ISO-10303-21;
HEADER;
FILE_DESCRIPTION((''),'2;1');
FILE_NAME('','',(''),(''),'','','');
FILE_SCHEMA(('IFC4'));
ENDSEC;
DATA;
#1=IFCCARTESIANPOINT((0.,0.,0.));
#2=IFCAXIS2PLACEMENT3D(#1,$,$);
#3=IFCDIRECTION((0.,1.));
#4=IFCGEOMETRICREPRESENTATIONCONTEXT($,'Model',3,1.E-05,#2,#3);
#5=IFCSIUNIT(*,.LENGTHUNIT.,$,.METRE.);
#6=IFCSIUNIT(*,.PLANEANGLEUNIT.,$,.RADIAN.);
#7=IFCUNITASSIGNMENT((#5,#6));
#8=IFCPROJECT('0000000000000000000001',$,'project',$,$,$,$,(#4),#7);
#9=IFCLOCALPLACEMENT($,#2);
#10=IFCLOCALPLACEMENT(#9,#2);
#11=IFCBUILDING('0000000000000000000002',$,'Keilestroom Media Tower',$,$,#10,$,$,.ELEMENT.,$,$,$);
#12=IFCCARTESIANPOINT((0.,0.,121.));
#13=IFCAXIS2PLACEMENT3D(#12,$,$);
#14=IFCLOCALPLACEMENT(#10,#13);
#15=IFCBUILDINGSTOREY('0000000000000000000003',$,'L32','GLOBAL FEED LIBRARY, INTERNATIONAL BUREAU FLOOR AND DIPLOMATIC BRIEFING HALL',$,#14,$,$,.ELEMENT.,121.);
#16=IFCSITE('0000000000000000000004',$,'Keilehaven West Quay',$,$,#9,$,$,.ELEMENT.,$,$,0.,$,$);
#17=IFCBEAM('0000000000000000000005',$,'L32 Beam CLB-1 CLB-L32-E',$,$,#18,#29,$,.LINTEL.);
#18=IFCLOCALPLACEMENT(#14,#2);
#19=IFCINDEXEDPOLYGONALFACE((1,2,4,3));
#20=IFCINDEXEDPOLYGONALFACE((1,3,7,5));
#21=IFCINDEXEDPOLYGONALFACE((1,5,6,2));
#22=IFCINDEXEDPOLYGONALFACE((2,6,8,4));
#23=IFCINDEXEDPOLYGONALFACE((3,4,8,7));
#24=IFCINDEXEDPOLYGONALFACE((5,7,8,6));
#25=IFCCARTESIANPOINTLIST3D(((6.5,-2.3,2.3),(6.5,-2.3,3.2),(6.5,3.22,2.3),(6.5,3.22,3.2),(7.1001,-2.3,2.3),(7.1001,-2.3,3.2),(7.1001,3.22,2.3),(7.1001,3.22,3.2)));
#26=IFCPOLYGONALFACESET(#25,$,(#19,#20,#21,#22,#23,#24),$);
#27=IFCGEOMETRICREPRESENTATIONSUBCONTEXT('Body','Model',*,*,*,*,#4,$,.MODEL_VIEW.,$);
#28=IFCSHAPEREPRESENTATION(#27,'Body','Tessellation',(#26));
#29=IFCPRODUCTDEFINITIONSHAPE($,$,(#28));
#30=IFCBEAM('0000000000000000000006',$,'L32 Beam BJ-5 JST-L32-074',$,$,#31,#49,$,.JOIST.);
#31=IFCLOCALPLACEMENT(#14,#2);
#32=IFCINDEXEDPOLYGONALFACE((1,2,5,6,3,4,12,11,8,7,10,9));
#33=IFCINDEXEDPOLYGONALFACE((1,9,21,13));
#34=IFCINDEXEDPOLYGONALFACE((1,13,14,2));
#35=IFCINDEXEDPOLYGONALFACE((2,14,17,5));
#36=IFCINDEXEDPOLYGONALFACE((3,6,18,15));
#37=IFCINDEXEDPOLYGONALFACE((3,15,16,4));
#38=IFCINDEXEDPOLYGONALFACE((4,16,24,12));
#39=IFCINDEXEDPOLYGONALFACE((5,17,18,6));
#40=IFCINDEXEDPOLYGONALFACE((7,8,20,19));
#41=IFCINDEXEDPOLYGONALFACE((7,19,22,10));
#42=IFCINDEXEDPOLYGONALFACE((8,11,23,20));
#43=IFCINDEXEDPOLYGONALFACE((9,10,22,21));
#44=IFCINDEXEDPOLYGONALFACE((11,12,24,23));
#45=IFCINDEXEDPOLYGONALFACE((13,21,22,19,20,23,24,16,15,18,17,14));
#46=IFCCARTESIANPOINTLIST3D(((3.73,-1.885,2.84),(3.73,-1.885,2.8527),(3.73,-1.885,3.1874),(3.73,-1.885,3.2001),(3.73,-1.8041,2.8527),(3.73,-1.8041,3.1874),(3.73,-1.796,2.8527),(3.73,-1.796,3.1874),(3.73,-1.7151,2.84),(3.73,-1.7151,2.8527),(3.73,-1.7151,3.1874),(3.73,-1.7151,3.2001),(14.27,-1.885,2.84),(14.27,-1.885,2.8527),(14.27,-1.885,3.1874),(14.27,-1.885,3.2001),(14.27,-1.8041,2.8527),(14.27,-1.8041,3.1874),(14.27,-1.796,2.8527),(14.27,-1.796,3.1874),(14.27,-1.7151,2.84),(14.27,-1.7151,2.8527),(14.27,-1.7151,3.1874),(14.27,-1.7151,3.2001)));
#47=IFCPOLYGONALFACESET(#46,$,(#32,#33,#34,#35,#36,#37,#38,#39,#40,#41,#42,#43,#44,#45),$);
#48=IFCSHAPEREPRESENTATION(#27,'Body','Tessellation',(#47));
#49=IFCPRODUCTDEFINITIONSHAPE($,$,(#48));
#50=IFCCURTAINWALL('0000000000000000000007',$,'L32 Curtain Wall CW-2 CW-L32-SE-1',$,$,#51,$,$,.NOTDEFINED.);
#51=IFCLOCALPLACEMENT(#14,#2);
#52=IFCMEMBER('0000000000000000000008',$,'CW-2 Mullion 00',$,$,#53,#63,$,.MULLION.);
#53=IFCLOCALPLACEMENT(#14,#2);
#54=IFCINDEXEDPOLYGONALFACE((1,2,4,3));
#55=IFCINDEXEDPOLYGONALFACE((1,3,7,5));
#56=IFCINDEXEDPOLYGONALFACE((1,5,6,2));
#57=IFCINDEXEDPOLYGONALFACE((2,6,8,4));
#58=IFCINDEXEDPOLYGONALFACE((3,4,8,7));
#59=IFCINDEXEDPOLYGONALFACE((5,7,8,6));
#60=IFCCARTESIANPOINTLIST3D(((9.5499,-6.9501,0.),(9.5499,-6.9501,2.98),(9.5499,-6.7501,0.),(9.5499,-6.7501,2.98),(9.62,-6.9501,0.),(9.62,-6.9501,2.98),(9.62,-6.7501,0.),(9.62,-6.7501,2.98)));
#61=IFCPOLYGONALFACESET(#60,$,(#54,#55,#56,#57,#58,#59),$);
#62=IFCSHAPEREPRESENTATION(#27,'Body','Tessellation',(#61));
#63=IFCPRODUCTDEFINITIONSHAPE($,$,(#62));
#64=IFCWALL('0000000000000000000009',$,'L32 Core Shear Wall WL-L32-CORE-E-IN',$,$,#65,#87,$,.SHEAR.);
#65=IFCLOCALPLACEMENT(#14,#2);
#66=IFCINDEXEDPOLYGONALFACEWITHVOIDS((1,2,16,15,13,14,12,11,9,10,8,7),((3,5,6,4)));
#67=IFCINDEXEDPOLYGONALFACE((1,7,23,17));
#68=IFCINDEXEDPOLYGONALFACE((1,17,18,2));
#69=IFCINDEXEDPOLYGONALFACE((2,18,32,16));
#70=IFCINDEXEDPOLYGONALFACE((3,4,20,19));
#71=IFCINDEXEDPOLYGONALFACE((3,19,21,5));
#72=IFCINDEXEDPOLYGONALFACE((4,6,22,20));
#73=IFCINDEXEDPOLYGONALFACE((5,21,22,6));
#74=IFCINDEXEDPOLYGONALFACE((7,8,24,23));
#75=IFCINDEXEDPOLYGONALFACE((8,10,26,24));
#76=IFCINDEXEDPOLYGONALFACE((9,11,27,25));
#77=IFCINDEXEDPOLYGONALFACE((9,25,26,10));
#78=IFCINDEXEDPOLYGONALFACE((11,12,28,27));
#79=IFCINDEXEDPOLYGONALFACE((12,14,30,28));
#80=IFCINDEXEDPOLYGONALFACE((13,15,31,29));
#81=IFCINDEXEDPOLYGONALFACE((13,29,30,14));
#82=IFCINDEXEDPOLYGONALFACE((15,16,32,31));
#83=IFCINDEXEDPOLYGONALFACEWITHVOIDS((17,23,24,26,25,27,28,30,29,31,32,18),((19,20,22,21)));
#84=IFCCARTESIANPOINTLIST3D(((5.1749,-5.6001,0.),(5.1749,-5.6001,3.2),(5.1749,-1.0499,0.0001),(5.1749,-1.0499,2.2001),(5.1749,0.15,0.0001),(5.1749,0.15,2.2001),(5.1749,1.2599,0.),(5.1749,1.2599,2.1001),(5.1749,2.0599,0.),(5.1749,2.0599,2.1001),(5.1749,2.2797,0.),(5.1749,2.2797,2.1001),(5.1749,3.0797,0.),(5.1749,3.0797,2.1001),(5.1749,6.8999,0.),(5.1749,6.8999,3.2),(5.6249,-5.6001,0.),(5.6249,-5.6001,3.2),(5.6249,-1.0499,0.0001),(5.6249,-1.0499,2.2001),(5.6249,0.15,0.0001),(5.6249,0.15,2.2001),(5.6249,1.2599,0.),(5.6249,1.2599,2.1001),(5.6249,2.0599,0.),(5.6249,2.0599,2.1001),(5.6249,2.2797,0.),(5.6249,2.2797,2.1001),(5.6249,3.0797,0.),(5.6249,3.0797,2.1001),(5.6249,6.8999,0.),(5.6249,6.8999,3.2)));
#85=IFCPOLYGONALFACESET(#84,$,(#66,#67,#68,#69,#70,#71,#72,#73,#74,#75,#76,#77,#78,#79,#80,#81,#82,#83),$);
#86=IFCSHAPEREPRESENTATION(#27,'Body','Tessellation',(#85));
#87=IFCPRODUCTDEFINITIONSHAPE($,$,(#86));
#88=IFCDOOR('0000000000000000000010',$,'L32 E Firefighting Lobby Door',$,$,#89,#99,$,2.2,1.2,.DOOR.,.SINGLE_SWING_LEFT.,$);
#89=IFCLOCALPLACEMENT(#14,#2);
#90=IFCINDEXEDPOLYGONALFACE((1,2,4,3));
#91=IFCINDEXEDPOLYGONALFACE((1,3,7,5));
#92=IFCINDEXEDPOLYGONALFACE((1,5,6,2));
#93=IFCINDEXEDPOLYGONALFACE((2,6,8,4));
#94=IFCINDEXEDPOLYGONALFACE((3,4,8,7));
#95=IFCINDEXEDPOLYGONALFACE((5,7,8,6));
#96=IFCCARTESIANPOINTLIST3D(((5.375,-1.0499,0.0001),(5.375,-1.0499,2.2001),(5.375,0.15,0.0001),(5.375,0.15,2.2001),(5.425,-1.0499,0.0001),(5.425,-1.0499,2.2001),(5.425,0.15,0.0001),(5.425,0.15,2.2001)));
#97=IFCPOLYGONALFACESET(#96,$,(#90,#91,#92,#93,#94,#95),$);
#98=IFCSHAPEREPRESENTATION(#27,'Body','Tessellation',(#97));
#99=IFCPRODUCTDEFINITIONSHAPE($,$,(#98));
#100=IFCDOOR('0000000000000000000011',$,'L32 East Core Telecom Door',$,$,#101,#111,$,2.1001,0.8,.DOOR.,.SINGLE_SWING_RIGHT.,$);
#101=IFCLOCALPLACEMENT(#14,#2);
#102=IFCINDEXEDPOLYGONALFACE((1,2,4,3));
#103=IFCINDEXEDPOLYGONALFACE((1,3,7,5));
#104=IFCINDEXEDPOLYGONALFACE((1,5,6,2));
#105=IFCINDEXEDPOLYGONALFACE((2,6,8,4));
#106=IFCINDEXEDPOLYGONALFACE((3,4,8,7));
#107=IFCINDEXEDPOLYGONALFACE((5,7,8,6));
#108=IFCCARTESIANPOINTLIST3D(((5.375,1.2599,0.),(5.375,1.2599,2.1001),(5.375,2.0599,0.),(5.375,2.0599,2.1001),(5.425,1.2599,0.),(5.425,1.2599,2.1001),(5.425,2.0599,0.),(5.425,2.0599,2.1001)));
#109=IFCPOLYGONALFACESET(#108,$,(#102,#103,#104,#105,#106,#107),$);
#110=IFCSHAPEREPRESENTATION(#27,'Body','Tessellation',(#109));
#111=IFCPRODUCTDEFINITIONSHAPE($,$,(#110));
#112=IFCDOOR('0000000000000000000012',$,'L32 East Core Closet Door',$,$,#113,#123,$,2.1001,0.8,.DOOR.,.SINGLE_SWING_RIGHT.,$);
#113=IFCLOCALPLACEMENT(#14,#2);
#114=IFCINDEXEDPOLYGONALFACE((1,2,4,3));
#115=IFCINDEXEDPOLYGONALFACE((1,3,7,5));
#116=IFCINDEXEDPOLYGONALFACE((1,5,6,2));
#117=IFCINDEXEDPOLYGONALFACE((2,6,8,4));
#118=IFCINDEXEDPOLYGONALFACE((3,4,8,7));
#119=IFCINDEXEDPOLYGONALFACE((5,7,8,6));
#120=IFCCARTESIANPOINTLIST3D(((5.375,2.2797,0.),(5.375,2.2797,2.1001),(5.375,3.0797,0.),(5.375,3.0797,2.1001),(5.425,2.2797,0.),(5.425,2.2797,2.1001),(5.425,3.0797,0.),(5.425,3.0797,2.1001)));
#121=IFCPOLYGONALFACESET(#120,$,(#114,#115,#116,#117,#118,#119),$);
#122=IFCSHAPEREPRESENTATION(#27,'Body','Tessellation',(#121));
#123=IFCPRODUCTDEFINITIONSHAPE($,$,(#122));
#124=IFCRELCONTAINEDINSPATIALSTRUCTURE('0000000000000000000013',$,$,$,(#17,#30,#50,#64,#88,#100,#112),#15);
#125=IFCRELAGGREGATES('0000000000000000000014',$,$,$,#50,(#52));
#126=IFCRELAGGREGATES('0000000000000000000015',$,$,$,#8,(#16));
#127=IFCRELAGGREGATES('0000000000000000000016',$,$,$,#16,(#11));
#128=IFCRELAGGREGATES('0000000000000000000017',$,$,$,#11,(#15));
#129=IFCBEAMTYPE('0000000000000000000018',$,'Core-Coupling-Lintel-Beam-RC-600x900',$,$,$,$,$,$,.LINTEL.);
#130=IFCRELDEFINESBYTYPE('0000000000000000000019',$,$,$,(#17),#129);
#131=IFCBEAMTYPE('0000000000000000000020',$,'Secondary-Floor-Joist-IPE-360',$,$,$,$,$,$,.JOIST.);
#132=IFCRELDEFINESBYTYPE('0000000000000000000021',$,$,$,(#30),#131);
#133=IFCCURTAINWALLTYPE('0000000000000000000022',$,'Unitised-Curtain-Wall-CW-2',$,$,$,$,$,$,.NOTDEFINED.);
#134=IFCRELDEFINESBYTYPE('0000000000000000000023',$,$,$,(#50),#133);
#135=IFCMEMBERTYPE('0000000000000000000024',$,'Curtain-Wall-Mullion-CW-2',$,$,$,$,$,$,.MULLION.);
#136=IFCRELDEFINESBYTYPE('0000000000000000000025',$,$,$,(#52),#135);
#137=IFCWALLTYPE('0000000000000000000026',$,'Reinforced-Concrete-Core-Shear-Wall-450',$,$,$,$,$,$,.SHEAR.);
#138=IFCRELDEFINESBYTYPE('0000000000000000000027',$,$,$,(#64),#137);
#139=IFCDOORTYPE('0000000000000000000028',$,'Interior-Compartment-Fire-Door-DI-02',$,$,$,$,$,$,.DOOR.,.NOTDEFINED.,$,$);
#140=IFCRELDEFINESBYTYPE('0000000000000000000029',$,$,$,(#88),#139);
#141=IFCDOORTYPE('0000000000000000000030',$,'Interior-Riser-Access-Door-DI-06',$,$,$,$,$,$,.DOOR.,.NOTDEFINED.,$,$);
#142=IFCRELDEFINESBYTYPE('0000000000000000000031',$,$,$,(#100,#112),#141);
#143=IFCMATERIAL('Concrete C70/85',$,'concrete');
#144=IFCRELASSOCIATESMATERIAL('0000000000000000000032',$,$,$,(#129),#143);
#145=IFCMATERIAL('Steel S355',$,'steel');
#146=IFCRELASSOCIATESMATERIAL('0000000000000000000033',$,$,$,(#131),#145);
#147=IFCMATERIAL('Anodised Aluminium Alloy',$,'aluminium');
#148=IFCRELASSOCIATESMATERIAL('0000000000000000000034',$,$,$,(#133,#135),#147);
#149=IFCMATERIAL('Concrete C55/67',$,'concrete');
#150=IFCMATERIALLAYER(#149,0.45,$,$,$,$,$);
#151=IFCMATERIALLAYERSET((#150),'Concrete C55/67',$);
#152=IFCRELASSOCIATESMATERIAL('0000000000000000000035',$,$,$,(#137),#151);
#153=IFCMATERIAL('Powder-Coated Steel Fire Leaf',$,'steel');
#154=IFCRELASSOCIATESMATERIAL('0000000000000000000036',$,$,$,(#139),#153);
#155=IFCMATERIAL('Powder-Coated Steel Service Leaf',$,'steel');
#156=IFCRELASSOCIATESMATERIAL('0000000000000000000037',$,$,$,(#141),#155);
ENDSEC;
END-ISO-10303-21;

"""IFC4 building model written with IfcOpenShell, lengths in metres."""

from ifc_helpers import new_model, si_unit, direction, frame, frame_2d, origin, origin_2d, place, context, subcontext, project, spatial, rectangle, i_section, extrude, source, transform, mapped, material, layer, layer_set, material_profile, profile_set, type_object, element, fill, aggregate, save


model = new_model("IFC4")

# Units and contexts
model_context = context("Model", 3, precision=1e-05, world=origin(), true_north=direction((0.0, 1.0)))
body_context = subcontext(model_context, "Body", "Model", "MODEL_VIEW")
ifc_project = project(units=[si_unit("LENGTHUNIT", "METRE"), si_unit("PLANEANGLEUNIT", "RADIAN")], contexts=[model_context])

# Site, building, storey
site_placement = place(None, origin())
site = spatial("IfcSite", under=ifc_project, at=site_placement, Name="Keilehaven West Quay", CompositionType="ELEMENT", RefElevation=0.0)
building_placement = place(site_placement, origin())
building = spatial("IfcBuilding", under=site, at=building_placement, Name="Keilestroom Media Tower", CompositionType="ELEMENT")
storey_placement = place(building_placement, frame((0.0, 0.0, 121.0)))
storey = spatial("IfcBuildingStorey", under=building, at=storey_placement, Name="L32", Description="GLOBAL FEED LIBRARY, INTERNATIONAL BUREAU FLOOR AND DIPLOMATIC BRIEFING HALL", CompositionType="ELEMENT", Elevation=121.0)

# Beams
ifc_material_1 = material(Name="Concrete C70/85", Category="concrete")
ifc_material_profile_1 = material_profile(ifc_material_1, rectangle(XDim=0.6001, YDim=0.8999, at=origin_2d()), Name="RC 600x900")
ifc_profile_set_1 = profile_set([ifc_material_profile_1], Name="Concrete C70/85")
beam_type_1 = type_object("IfcBeamType", Name="Core-Coupling-Lintel-Beam-RC-600x900", PredefinedType="LINTEL", material=ifc_profile_set_1)
shared_shape_1 = source(origin(), body_context, "Body", "SweptSolid", [
    extrude(rectangle(XDim=0.6001, YDim=0.8999, at=origin_2d()), origin(), (0.0, 0.0, 1.0), 5.52),
])
beam_1_placement = place(storey_placement, frame((6.8, -2.3, 2.75), z_axis=(0.0, 1.0, 0.0), x_axis=(-1.0, 0.0, 0.0)))
element("IfcBeam", 1, at=beam_1_placement, inside=storey, type_object=beam_type_1, Name="L32 Beam CLB-1 CLB-L32-E", PredefinedType="LINTEL", context=body_context, shape_type="MappedRepresentation", body=[
    mapped(shared_shape_1, transform((0.0, 0.0, 0.0), x_axis=(1.0, 0.0, 0.0), y_axis=(0.0, 1.0, 0.0), z_axis=(0.0, 0.0, 1.0), scale=1.0)),
])
ifc_material_2 = material(Name="Steel S355", Category="steel")
ifc_material_profile_2 = material_profile(ifc_material_2, i_section(OverallWidth=0.1699, OverallDepth=0.3601, WebThickness=0.0081, FlangeThickness=0.0127, at=origin_2d()), Name="IPE 360")
ifc_profile_set_2 = profile_set([ifc_material_profile_2], Name="Steel S355")
beam_type_2 = type_object("IfcBeamType", Name="Secondary-Floor-Joist-IPE-360", PredefinedType="JOIST", material=ifc_profile_set_2)
shared_shape_2 = source(origin(), body_context, "Body", "SweptSolid", [
    extrude(i_section(OverallWidth=0.1699, OverallDepth=0.3601, WebThickness=0.0081, FlangeThickness=0.0127, at=origin_2d()), origin(), (0.0, 0.0, 1.0), 10.54),
])
beam_2_placement = place(storey_placement, frame((3.73, -1.8, 3.02), z_axis=(1.0, 0.0, 0.0), x_axis=(0.0, 1.0, 0.0)))
element("IfcBeam", 2, at=beam_2_placement, inside=storey, type_object=beam_type_2, Name="L32 Beam BJ-5 JST-L32-074", PredefinedType="JOIST", context=body_context, shape_type="MappedRepresentation", body=[
    mapped(shared_shape_2, transform((0.0, 0.0, 0.0), x_axis=(1.0, 0.0, 0.0), y_axis=(0.0, 1.0, 0.0), z_axis=(0.0, 0.0, 1.0), scale=1.0)),
])

# Curtain wall, member
ifc_material_3 = material(Name="Anodised Aluminium Alloy", Category="aluminium")
curtain_wall_type = type_object("IfcCurtainWallType", Name="Unitised-Curtain-Wall-CW-2", PredefinedType="NOTDEFINED", material=ifc_material_3)
curtain_wall_placement = place(storey_placement, origin())
curtain_wall = element("IfcCurtainWall", 3, at=curtain_wall_placement, inside=storey, type_object=curtain_wall_type, Name="L32 Curtain Wall CW-2 CW-L32-SE-1", PredefinedType="NOTDEFINED")
ifc_material_profile_3 = material_profile(ifc_material_3, rectangle(XDim=0.0701, YDim=0.2, at=origin_2d()), Name="ALU MULLION 70x200")
ifc_profile_set_3 = profile_set([ifc_material_profile_3], Name="Anodised Aluminium Alloy")
member_type = type_object("IfcMemberType", Name="Curtain-Wall-Mullion-CW-2", PredefinedType="MULLION", material=ifc_profile_set_3)
shared_shape_3 = source(origin(), body_context, "Body", "SweptSolid", [
    extrude(rectangle(XDim=0.0701, YDim=0.2, at=origin_2d()), origin(), (0.0, 0.0, 1.0), 2.98),
])
member_placement = place(storey_placement, frame((9.585, -6.8501, 0.0), z_axis=(0.0, 0.0, 1.0), x_axis=(1.0, 0.0, 0.0)))
member = element("IfcMember", 4, at=member_placement, type_object=member_type, Name="CW-2 Mullion 00", PredefinedType="MULLION", context=body_context, shape_type="MappedRepresentation", body=[
    mapped(shared_shape_3, transform((0.0, 0.0, 0.0), x_axis=(1.0, 0.0, 0.0), y_axis=(0.0, 1.0, 0.0), z_axis=(0.0, 0.0, 1.0), scale=1.0)),
])
aggregate(curtain_wall, [member])

# Wall, openings, doors
ifc_material_4 = material(Name="Concrete C55/67", Category="concrete")
ifc_layer_1 = layer(ifc_material_4, 0.45)
ifc_layer_set_1 = layer_set([ifc_layer_1], Name="Concrete C55/67")
wall_type_1 = type_object("IfcWallType", Name="Reinforced-Concrete-Core-Shear-Wall-450", PredefinedType="SHEAR", material=ifc_layer_set_1)
wall_1_placement = place(storey_placement, frame((5.3999, -5.6001, 0.0), z_axis=(0.0, 0.0, 1.0), x_axis=(0.0, 1.0, 0.0)))
wall_1 = element("IfcWall", 5, at=wall_1_placement, inside=storey, type_object=wall_type_1, Name="L32 Core Shear Wall WL-L32-CORE-E-IN", PredefinedType="SHEAR", context=body_context, shape_type="SweptSolid", body=[
    extrude(rectangle(XDim=12.5, YDim=0.45, at=frame_2d((6.25, 0.0))), origin(), (0.0, 0.0, 1.0), 3.2),
])
opening_1_placement = place(wall_1_placement, frame((4.55, 0.0, 0.0)))
opening_1 = element("IfcOpeningElement", 6, at=opening_1_placement, cuts=wall_1, PredefinedType="OPENING", context=body_context, shape_type="SweptSolid", body=[
    extrude(rectangle(XDim=1.2, YDim=2.2, at=frame_2d((0.6001, 1.1001))), frame((0.0, 0.2349, 0.0), z_axis=(0.0, -1.0, 0.0), x_axis=(1.0, 0.0, 0.0)), (0.0, 0.0, 1.0), 0.47),
])
opening_2_placement = place(wall_1_placement, frame((6.8601, 0.0, 0.0)))
opening_2 = element("IfcOpeningElement", 7, at=opening_2_placement, cuts=wall_1, PredefinedType="OPENING", context=body_context, shape_type="SweptSolid", body=[
    extrude(rectangle(XDim=0.8, YDim=2.1001, at=frame_2d((0.3999, 1.05))), frame((0.0, 0.2349, 0.0), z_axis=(0.0, -1.0, 0.0), x_axis=(1.0, 0.0, 0.0)), (0.0, 0.0, 1.0), 0.47),
])
opening_3_placement = place(wall_1_placement, frame((7.8799, 0.0, 0.0)))
opening_3 = element("IfcOpeningElement", 8, at=opening_3_placement, cuts=wall_1, PredefinedType="OPENING", context=body_context, shape_type="SweptSolid", body=[
    extrude(rectangle(XDim=0.8, YDim=2.1001, at=frame_2d((0.3999, 1.05))), frame((0.0, 0.2349, 0.0), z_axis=(0.0, -1.0, 0.0), x_axis=(1.0, 0.0, 0.0)), (0.0, 0.0, 1.0), 0.47),
])
ifc_material_5 = material(Name="Powder-Coated Steel Fire Leaf", Category="steel")
door_type_1 = type_object("IfcDoorType", Name="Interior-Compartment-Fire-Door-DI-02", OperationType="NOTDEFINED", PredefinedType="DOOR", material=ifc_material_5)
shared_shape_4 = source(origin(), body_context, "Body", "SweptSolid", [
    extrude(rectangle(XDim=1.2, YDim=2.2, at=frame_2d((0.6001, 1.1001))), frame((0.0, 0.0249, 0.0), z_axis=(0.0, -1.0, 0.0), x_axis=(1.0, 0.0, 0.0)), (0.0, 0.0, 1.0), 0.05),
])
door_1_placement = place(opening_1_placement, origin())
door_1 = element("IfcDoor", 9, at=door_1_placement, inside=storey, type_object=door_type_1, Name="L32 E Firefighting Lobby Door", OperationType="SINGLE_SWING_LEFT", OverallHeight=2.2, OverallWidth=1.2, PredefinedType="DOOR", context=body_context, shape_type="MappedRepresentation", body=[
    mapped(shared_shape_4, transform((0.0, 0.0, 0.0), x_axis=(1.0, 0.0, 0.0), y_axis=(0.0, 1.0, 0.0), z_axis=(0.0, 0.0, 1.0), scale=1.0)),
])
fill(opening_1, door_1)
ifc_material_6 = material(Name="Powder-Coated Steel Service Leaf", Category="steel")
door_type_2 = type_object("IfcDoorType", Name="Interior-Riser-Access-Door-DI-06", OperationType="NOTDEFINED", PredefinedType="DOOR", material=ifc_material_6)
shared_shape_5 = source(origin(), body_context, "Body", "SweptSolid", [
    extrude(rectangle(XDim=0.8, YDim=2.1001, at=frame_2d((0.3999, 1.05))), frame((0.0, 0.0249, 0.0), z_axis=(0.0, -1.0, 0.0), x_axis=(1.0, 0.0, 0.0)), (0.0, 0.0, 1.0), 0.05),
])
door_2_placement = place(opening_2_placement, origin())
door_2 = element("IfcDoor", 10, at=door_2_placement, inside=storey, type_object=door_type_2, Name="L32 East Core Telecom Door", OperationType="SINGLE_SWING_RIGHT", OverallHeight=2.1001, OverallWidth=0.8, PredefinedType="DOOR", context=body_context, shape_type="MappedRepresentation", body=[
    mapped(shared_shape_5, transform((0.0, 0.0, 0.0), x_axis=(1.0, 0.0, 0.0), y_axis=(0.0, 1.0, 0.0), z_axis=(0.0, 0.0, 1.0), scale=1.0)),
])
fill(opening_2, door_2)
door_3_placement = place(opening_3_placement, origin())
door_3 = element("IfcDoor", 11, at=door_3_placement, inside=storey, type_object=door_type_2, Name="L32 East Core Closet Door", OperationType="SINGLE_SWING_RIGHT", OverallHeight=2.1001, OverallWidth=0.8, PredefinedType="DOOR", context=body_context, shape_type="MappedRepresentation", body=[
    mapped(shared_shape_5, transform((0.0, 0.0, 0.0), x_axis=(1.0, 0.0, 0.0), y_axis=(0.0, 1.0, 0.0), z_axis=(0.0, 0.0, 1.0), scale=1.0)),
])
fill(opening_3, door_3)

save(model, "model.ifc")
